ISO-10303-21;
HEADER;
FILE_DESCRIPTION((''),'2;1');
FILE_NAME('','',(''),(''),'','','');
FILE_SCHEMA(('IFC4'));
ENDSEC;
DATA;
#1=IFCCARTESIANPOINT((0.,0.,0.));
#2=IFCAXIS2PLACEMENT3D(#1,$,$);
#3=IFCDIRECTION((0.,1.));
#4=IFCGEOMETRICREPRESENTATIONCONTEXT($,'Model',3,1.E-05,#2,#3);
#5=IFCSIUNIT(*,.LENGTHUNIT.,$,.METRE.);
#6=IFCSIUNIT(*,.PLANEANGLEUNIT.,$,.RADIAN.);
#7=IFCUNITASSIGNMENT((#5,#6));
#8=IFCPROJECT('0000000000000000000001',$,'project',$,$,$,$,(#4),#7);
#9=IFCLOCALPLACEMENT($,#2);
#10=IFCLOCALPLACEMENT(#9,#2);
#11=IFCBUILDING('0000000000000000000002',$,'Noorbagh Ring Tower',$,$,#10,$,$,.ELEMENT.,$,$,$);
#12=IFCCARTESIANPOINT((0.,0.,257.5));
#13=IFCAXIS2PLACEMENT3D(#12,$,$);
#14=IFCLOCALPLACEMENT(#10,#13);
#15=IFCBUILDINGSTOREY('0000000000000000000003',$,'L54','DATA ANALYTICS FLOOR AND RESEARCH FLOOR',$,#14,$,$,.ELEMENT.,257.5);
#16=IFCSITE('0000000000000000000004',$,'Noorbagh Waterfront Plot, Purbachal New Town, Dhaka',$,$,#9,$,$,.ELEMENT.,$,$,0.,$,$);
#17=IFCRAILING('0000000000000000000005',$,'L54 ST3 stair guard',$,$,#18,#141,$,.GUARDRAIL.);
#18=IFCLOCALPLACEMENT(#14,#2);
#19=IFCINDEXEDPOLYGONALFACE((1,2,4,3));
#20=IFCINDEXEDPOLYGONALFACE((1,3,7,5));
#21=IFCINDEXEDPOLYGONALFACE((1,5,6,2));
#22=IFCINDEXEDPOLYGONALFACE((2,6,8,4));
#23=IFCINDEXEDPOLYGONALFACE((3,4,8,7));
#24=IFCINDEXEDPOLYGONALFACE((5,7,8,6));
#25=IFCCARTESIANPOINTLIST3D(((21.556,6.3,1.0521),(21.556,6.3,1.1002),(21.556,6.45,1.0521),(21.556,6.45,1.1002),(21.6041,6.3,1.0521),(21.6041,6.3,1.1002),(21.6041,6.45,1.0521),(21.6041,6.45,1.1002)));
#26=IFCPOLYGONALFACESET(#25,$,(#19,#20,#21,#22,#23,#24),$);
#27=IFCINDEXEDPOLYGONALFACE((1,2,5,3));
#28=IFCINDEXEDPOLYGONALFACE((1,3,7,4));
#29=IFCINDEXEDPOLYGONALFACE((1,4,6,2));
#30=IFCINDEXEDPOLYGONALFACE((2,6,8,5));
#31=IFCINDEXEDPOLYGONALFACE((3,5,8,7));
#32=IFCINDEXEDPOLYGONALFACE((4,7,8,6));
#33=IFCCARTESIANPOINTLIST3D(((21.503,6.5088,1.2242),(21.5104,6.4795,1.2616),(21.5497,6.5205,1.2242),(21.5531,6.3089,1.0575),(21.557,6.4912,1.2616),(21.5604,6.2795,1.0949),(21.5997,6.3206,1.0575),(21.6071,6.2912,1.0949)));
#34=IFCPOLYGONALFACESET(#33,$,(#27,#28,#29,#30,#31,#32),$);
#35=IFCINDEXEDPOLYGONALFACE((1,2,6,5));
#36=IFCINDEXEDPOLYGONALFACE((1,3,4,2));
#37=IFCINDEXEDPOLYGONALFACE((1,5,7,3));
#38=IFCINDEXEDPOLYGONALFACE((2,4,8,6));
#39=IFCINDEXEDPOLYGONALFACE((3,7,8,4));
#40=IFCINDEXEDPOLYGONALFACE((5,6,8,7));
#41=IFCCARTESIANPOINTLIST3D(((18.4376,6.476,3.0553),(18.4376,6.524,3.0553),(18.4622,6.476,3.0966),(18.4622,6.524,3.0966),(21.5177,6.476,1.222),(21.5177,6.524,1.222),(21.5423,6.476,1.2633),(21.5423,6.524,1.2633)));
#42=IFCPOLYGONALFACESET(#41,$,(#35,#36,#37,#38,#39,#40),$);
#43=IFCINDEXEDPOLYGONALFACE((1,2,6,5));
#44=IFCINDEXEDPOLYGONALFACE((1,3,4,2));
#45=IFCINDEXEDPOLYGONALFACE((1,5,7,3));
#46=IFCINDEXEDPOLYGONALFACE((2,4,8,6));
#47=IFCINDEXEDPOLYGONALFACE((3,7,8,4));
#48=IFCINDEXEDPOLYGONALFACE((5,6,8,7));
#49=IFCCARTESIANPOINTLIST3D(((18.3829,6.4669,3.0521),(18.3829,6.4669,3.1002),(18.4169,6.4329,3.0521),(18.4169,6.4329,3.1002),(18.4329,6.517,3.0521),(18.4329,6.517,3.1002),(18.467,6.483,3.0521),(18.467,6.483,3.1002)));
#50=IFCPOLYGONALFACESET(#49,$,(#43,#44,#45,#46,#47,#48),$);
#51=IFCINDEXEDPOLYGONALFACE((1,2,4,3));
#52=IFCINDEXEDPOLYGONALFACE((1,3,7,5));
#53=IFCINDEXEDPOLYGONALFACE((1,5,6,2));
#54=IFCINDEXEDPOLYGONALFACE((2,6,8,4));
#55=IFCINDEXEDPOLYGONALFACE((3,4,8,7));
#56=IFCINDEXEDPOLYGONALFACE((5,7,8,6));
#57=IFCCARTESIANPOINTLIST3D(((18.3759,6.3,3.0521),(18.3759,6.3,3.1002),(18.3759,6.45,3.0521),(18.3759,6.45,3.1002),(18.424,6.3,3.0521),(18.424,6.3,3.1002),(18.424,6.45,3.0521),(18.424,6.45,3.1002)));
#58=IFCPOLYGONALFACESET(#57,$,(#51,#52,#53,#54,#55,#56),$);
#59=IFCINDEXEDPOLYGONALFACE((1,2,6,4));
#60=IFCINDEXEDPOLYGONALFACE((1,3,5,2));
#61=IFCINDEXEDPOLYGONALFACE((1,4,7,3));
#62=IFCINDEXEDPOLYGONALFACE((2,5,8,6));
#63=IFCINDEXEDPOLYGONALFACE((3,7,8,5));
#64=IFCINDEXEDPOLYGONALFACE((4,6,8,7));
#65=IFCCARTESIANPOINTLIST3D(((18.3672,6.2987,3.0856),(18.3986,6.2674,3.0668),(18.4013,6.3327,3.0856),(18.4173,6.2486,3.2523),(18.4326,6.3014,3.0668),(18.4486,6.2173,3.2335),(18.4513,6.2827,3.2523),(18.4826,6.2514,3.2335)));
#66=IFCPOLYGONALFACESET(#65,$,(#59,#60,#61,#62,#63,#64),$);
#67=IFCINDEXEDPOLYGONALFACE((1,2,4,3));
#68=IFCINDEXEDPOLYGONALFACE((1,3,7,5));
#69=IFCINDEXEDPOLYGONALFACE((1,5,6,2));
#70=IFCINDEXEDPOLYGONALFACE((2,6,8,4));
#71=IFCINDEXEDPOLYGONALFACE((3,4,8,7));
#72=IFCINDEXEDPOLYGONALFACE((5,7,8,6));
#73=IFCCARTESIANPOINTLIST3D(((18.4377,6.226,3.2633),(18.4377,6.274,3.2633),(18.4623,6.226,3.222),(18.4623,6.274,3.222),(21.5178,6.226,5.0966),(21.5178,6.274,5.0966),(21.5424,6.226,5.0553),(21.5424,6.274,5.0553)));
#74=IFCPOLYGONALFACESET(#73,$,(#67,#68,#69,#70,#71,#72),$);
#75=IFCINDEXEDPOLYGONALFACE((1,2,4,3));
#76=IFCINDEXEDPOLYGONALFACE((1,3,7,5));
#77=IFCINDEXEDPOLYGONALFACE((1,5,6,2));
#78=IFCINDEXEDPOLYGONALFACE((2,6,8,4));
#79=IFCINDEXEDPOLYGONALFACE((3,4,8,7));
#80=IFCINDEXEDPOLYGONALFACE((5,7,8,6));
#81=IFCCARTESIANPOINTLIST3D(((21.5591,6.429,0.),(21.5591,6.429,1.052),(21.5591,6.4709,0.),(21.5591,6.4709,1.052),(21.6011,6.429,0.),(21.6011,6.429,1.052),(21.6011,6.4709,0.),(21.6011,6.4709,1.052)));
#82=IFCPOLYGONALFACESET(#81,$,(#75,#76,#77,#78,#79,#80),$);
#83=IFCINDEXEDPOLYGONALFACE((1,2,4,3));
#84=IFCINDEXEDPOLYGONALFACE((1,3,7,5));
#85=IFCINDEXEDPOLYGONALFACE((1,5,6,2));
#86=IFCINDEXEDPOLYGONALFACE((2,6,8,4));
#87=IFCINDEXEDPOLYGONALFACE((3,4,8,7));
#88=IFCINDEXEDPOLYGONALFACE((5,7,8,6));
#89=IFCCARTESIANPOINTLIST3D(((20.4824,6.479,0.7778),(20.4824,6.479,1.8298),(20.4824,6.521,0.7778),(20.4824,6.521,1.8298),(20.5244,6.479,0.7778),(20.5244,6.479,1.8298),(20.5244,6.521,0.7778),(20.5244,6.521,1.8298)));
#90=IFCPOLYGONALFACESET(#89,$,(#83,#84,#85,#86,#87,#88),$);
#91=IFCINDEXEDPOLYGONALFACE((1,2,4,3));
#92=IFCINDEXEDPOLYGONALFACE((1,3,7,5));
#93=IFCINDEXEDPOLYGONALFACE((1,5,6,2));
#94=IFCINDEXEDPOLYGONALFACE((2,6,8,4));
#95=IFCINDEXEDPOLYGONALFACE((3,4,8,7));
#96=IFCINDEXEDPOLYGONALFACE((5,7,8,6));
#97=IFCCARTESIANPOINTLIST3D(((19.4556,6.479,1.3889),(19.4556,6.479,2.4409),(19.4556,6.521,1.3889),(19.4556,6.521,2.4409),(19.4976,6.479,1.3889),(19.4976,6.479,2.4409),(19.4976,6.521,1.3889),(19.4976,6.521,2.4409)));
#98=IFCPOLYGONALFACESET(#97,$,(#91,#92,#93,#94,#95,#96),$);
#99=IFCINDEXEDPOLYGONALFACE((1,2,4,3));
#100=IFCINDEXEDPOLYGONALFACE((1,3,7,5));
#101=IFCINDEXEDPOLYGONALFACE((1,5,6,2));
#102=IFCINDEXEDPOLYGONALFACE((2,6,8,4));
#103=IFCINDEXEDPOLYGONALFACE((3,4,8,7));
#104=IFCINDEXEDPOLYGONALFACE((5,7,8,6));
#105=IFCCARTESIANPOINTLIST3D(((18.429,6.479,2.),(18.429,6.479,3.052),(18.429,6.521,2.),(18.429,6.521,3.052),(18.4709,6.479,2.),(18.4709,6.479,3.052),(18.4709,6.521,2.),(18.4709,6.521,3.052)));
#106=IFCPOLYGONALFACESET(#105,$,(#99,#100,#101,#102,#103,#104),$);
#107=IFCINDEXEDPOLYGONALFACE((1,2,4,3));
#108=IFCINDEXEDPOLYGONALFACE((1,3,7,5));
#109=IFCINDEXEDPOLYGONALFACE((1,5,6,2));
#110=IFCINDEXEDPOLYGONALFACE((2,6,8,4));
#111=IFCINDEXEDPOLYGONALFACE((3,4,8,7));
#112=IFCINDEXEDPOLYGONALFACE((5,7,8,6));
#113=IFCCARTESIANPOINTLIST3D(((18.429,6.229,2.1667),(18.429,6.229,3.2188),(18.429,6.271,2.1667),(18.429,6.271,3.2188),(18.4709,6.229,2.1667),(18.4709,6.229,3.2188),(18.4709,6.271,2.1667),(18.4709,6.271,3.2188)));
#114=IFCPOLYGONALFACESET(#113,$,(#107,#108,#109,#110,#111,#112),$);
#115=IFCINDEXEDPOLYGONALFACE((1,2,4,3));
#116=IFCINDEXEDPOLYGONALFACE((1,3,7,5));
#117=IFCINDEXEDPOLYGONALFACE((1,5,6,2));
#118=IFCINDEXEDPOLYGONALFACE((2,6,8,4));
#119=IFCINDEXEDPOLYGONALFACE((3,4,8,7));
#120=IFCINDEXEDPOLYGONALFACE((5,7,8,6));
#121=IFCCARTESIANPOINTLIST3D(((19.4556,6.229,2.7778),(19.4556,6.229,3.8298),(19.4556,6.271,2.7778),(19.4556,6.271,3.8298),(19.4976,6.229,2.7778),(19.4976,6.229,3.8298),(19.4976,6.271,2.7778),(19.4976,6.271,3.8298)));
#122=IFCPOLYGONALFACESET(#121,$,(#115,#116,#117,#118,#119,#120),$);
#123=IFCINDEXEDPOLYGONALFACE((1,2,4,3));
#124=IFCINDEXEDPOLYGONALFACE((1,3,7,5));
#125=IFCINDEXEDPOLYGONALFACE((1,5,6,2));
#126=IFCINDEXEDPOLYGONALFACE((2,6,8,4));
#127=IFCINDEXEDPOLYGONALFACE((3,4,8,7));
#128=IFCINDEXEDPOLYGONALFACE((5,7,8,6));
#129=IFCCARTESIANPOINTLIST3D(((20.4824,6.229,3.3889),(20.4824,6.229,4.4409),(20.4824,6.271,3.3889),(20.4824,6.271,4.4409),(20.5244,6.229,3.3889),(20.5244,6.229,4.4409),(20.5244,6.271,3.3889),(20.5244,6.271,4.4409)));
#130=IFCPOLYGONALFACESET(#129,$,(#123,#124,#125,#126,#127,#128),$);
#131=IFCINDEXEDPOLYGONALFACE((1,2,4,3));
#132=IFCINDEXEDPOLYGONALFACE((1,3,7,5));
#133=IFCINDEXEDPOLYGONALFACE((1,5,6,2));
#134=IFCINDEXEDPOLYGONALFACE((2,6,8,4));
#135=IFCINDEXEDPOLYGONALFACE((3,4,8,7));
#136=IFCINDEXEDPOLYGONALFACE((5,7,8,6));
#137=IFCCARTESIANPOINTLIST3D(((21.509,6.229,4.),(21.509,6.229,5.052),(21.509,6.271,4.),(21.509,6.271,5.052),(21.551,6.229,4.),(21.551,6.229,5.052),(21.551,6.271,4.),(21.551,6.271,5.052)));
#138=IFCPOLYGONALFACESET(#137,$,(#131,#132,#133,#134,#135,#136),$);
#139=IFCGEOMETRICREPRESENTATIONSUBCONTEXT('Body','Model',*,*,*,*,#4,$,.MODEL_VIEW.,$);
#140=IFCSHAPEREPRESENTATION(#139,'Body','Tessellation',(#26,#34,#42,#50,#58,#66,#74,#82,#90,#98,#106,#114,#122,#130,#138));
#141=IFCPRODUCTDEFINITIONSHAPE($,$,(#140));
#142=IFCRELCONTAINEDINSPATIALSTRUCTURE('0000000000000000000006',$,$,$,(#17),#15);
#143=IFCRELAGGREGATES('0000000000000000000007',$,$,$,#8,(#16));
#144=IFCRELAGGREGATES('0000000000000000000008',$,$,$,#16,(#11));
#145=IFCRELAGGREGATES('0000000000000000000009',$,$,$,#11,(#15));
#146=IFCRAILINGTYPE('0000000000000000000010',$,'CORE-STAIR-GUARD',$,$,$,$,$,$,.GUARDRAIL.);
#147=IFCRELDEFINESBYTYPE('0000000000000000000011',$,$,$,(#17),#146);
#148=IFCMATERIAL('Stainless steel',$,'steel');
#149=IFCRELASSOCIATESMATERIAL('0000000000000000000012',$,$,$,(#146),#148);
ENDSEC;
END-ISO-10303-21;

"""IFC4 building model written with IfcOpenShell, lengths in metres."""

from ifc_helpers import new_model, si_unit, direction, frame, origin, origin_2d, place, context, subcontext, project, spatial, rectangle, extrude, material, type_object, element, save


model = new_model("IFC4")

# Units and contexts
model_context = context("Model", 3, precision=1e-05, world=origin(), true_north=direction((0.0, 1.0)))
body_context = subcontext(model_context, "Body", "Model", "MODEL_VIEW")
ifc_project = project(units=[si_unit("LENGTHUNIT", "METRE"), si_unit("PLANEANGLEUNIT", "RADIAN")], contexts=[model_context])

# Site, building, storey
site_placement = place(None, origin())
site = spatial("IfcSite", under=ifc_project, at=site_placement, Name="Noorbagh Waterfront Plot, Purbachal New Town, Dhaka", CompositionType="ELEMENT", RefElevation=0.0)
building_placement = place(site_placement, origin())
building = spatial("IfcBuilding", under=site, at=building_placement, Name="Noorbagh Ring Tower", CompositionType="ELEMENT")
storey_placement = place(building_placement, frame((0.0, 0.0, 257.5)))
storey = spatial("IfcBuildingStorey", under=building, at=storey_placement, Name="L54", Description="DATA ANALYTICS FLOOR AND RESEARCH FLOOR", CompositionType="ELEMENT", Elevation=257.5)

# Railing
ifc_material_1 = material(Name="Stainless steel", Category="steel")
railing_type_1 = type_object("IfcRailingType", Name="CORE-STAIR-GUARD", PredefinedType="GUARDRAIL", material=ifc_material_1)
railing_1_placement = place(storey_placement, frame((21.5801, 6.45, 0.0)))
element("IfcRailing", 1, at=railing_1_placement, inside=storey, type_object=railing_type_1, Name="L54 ST3 stair guard", PredefinedType="GUARDRAIL", context=body_context, shape_type="SweptSolid", body=[
    extrude(rectangle(XDim=0.0481, YDim=0.0481, at=origin_2d()), frame((0.0, 0.0, 1.0762), z_axis=(0.0, -1.0, 0.0), x_axis=(1.0, 0.0, 0.0)), (0.0, 0.0, 1.0), 0.1499),
    extrude(rectangle(XDim=0.0481, YDim=0.0481, at=origin_2d()), frame((0.0, -0.1499, 1.0762), z_axis=(-0.188776, 0.754182, 0.628946), x_axis=(-0.970073, -0.242814, 0.0)), (0.0, 0.0, 1.0), 0.2651),
    extrude(rectangle(XDim=0.0481, YDim=0.0481, at=origin_2d()), frame((-0.05, 0.05, 1.2427), z_axis=(-0.859309, 0.0, 0.511458), x_axis=(0.0, -1.0, 0.0)), (0.0, 0.0, 1.0), 3.5845),
    extrude(rectangle(XDim=0.0481, YDim=0.0481, at=origin_2d()), frame((-3.1301, 0.05, 3.0762), z_axis=(-0.707107, -0.707107, 0.0), x_axis=(0.707107, -0.707107, 0.0)), (0.0, 0.0, 1.0), 0.0708),
    extrude(rectangle(XDim=0.0481, YDim=0.0481, at=origin_2d()), frame((-3.1802, 0.0, 3.0762), z_axis=(0.0, -1.0, 0.0), x_axis=(1.0, 0.0, 0.0)), (0.0, 0.0, 1.0), 0.1499),
    extrude(rectangle(XDim=0.0481, YDim=0.0481, at=origin_2d()), frame((-3.1802, -0.1499, 3.0762), z_axis=(0.276287, -0.276287, 0.920506), x_axis=(0.707107, 0.707107, 0.0)), (0.0, 0.0, 1.0), 0.1812),
    extrude(rectangle(XDim=0.0481, YDim=0.0481, at=origin_2d()), frame((-3.1301, -0.2, 3.2427), z_axis=(0.859309, 0.0, 0.511458), x_axis=(0.0, 1.0, 0.0)), (0.0, 0.0, 1.0), 3.5845),
    extrude(rectangle(XDim=0.042, YDim=0.042, at=origin_2d()), origin(), (0.0, 0.0, 1.0), 1.052),
    extrude(rectangle(XDim=0.042, YDim=0.042, at=origin_2d()), frame((-1.0767, 0.05, 0.7778)), (0.0, 0.0, 1.0), 1.052),
    extrude(rectangle(XDim=0.042, YDim=0.042, at=origin_2d()), frame((-2.1035, 0.05, 1.3889)), (0.0, 0.0, 1.0), 1.052),
    extrude(rectangle(XDim=0.042, YDim=0.042, at=origin_2d()), frame((-3.1301, 0.05, 2.0)), (0.0, 0.0, 1.0), 1.052),
    extrude(rectangle(XDim=0.042, YDim=0.042, at=origin_2d()), frame((-3.1301, -0.2, 2.1667)), (0.0, 0.0, 1.0), 1.052),
    extrude(rectangle(XDim=0.042, YDim=0.042, at=origin_2d()), frame((-2.1035, -0.2, 2.7778)), (0.0, 0.0, 1.0), 1.052),
    extrude(rectangle(XDim=0.042, YDim=0.042, at=origin_2d()), frame((-1.0767, -0.2, 3.3889)), (0.0, 0.0, 1.0), 1.052),
    extrude(rectangle(XDim=0.042, YDim=0.042, at=origin_2d()), frame((-0.05, -0.2, 4.0)), (0.0, 0.0, 1.0), 1.052),
])

save(model, "model.ifc")
